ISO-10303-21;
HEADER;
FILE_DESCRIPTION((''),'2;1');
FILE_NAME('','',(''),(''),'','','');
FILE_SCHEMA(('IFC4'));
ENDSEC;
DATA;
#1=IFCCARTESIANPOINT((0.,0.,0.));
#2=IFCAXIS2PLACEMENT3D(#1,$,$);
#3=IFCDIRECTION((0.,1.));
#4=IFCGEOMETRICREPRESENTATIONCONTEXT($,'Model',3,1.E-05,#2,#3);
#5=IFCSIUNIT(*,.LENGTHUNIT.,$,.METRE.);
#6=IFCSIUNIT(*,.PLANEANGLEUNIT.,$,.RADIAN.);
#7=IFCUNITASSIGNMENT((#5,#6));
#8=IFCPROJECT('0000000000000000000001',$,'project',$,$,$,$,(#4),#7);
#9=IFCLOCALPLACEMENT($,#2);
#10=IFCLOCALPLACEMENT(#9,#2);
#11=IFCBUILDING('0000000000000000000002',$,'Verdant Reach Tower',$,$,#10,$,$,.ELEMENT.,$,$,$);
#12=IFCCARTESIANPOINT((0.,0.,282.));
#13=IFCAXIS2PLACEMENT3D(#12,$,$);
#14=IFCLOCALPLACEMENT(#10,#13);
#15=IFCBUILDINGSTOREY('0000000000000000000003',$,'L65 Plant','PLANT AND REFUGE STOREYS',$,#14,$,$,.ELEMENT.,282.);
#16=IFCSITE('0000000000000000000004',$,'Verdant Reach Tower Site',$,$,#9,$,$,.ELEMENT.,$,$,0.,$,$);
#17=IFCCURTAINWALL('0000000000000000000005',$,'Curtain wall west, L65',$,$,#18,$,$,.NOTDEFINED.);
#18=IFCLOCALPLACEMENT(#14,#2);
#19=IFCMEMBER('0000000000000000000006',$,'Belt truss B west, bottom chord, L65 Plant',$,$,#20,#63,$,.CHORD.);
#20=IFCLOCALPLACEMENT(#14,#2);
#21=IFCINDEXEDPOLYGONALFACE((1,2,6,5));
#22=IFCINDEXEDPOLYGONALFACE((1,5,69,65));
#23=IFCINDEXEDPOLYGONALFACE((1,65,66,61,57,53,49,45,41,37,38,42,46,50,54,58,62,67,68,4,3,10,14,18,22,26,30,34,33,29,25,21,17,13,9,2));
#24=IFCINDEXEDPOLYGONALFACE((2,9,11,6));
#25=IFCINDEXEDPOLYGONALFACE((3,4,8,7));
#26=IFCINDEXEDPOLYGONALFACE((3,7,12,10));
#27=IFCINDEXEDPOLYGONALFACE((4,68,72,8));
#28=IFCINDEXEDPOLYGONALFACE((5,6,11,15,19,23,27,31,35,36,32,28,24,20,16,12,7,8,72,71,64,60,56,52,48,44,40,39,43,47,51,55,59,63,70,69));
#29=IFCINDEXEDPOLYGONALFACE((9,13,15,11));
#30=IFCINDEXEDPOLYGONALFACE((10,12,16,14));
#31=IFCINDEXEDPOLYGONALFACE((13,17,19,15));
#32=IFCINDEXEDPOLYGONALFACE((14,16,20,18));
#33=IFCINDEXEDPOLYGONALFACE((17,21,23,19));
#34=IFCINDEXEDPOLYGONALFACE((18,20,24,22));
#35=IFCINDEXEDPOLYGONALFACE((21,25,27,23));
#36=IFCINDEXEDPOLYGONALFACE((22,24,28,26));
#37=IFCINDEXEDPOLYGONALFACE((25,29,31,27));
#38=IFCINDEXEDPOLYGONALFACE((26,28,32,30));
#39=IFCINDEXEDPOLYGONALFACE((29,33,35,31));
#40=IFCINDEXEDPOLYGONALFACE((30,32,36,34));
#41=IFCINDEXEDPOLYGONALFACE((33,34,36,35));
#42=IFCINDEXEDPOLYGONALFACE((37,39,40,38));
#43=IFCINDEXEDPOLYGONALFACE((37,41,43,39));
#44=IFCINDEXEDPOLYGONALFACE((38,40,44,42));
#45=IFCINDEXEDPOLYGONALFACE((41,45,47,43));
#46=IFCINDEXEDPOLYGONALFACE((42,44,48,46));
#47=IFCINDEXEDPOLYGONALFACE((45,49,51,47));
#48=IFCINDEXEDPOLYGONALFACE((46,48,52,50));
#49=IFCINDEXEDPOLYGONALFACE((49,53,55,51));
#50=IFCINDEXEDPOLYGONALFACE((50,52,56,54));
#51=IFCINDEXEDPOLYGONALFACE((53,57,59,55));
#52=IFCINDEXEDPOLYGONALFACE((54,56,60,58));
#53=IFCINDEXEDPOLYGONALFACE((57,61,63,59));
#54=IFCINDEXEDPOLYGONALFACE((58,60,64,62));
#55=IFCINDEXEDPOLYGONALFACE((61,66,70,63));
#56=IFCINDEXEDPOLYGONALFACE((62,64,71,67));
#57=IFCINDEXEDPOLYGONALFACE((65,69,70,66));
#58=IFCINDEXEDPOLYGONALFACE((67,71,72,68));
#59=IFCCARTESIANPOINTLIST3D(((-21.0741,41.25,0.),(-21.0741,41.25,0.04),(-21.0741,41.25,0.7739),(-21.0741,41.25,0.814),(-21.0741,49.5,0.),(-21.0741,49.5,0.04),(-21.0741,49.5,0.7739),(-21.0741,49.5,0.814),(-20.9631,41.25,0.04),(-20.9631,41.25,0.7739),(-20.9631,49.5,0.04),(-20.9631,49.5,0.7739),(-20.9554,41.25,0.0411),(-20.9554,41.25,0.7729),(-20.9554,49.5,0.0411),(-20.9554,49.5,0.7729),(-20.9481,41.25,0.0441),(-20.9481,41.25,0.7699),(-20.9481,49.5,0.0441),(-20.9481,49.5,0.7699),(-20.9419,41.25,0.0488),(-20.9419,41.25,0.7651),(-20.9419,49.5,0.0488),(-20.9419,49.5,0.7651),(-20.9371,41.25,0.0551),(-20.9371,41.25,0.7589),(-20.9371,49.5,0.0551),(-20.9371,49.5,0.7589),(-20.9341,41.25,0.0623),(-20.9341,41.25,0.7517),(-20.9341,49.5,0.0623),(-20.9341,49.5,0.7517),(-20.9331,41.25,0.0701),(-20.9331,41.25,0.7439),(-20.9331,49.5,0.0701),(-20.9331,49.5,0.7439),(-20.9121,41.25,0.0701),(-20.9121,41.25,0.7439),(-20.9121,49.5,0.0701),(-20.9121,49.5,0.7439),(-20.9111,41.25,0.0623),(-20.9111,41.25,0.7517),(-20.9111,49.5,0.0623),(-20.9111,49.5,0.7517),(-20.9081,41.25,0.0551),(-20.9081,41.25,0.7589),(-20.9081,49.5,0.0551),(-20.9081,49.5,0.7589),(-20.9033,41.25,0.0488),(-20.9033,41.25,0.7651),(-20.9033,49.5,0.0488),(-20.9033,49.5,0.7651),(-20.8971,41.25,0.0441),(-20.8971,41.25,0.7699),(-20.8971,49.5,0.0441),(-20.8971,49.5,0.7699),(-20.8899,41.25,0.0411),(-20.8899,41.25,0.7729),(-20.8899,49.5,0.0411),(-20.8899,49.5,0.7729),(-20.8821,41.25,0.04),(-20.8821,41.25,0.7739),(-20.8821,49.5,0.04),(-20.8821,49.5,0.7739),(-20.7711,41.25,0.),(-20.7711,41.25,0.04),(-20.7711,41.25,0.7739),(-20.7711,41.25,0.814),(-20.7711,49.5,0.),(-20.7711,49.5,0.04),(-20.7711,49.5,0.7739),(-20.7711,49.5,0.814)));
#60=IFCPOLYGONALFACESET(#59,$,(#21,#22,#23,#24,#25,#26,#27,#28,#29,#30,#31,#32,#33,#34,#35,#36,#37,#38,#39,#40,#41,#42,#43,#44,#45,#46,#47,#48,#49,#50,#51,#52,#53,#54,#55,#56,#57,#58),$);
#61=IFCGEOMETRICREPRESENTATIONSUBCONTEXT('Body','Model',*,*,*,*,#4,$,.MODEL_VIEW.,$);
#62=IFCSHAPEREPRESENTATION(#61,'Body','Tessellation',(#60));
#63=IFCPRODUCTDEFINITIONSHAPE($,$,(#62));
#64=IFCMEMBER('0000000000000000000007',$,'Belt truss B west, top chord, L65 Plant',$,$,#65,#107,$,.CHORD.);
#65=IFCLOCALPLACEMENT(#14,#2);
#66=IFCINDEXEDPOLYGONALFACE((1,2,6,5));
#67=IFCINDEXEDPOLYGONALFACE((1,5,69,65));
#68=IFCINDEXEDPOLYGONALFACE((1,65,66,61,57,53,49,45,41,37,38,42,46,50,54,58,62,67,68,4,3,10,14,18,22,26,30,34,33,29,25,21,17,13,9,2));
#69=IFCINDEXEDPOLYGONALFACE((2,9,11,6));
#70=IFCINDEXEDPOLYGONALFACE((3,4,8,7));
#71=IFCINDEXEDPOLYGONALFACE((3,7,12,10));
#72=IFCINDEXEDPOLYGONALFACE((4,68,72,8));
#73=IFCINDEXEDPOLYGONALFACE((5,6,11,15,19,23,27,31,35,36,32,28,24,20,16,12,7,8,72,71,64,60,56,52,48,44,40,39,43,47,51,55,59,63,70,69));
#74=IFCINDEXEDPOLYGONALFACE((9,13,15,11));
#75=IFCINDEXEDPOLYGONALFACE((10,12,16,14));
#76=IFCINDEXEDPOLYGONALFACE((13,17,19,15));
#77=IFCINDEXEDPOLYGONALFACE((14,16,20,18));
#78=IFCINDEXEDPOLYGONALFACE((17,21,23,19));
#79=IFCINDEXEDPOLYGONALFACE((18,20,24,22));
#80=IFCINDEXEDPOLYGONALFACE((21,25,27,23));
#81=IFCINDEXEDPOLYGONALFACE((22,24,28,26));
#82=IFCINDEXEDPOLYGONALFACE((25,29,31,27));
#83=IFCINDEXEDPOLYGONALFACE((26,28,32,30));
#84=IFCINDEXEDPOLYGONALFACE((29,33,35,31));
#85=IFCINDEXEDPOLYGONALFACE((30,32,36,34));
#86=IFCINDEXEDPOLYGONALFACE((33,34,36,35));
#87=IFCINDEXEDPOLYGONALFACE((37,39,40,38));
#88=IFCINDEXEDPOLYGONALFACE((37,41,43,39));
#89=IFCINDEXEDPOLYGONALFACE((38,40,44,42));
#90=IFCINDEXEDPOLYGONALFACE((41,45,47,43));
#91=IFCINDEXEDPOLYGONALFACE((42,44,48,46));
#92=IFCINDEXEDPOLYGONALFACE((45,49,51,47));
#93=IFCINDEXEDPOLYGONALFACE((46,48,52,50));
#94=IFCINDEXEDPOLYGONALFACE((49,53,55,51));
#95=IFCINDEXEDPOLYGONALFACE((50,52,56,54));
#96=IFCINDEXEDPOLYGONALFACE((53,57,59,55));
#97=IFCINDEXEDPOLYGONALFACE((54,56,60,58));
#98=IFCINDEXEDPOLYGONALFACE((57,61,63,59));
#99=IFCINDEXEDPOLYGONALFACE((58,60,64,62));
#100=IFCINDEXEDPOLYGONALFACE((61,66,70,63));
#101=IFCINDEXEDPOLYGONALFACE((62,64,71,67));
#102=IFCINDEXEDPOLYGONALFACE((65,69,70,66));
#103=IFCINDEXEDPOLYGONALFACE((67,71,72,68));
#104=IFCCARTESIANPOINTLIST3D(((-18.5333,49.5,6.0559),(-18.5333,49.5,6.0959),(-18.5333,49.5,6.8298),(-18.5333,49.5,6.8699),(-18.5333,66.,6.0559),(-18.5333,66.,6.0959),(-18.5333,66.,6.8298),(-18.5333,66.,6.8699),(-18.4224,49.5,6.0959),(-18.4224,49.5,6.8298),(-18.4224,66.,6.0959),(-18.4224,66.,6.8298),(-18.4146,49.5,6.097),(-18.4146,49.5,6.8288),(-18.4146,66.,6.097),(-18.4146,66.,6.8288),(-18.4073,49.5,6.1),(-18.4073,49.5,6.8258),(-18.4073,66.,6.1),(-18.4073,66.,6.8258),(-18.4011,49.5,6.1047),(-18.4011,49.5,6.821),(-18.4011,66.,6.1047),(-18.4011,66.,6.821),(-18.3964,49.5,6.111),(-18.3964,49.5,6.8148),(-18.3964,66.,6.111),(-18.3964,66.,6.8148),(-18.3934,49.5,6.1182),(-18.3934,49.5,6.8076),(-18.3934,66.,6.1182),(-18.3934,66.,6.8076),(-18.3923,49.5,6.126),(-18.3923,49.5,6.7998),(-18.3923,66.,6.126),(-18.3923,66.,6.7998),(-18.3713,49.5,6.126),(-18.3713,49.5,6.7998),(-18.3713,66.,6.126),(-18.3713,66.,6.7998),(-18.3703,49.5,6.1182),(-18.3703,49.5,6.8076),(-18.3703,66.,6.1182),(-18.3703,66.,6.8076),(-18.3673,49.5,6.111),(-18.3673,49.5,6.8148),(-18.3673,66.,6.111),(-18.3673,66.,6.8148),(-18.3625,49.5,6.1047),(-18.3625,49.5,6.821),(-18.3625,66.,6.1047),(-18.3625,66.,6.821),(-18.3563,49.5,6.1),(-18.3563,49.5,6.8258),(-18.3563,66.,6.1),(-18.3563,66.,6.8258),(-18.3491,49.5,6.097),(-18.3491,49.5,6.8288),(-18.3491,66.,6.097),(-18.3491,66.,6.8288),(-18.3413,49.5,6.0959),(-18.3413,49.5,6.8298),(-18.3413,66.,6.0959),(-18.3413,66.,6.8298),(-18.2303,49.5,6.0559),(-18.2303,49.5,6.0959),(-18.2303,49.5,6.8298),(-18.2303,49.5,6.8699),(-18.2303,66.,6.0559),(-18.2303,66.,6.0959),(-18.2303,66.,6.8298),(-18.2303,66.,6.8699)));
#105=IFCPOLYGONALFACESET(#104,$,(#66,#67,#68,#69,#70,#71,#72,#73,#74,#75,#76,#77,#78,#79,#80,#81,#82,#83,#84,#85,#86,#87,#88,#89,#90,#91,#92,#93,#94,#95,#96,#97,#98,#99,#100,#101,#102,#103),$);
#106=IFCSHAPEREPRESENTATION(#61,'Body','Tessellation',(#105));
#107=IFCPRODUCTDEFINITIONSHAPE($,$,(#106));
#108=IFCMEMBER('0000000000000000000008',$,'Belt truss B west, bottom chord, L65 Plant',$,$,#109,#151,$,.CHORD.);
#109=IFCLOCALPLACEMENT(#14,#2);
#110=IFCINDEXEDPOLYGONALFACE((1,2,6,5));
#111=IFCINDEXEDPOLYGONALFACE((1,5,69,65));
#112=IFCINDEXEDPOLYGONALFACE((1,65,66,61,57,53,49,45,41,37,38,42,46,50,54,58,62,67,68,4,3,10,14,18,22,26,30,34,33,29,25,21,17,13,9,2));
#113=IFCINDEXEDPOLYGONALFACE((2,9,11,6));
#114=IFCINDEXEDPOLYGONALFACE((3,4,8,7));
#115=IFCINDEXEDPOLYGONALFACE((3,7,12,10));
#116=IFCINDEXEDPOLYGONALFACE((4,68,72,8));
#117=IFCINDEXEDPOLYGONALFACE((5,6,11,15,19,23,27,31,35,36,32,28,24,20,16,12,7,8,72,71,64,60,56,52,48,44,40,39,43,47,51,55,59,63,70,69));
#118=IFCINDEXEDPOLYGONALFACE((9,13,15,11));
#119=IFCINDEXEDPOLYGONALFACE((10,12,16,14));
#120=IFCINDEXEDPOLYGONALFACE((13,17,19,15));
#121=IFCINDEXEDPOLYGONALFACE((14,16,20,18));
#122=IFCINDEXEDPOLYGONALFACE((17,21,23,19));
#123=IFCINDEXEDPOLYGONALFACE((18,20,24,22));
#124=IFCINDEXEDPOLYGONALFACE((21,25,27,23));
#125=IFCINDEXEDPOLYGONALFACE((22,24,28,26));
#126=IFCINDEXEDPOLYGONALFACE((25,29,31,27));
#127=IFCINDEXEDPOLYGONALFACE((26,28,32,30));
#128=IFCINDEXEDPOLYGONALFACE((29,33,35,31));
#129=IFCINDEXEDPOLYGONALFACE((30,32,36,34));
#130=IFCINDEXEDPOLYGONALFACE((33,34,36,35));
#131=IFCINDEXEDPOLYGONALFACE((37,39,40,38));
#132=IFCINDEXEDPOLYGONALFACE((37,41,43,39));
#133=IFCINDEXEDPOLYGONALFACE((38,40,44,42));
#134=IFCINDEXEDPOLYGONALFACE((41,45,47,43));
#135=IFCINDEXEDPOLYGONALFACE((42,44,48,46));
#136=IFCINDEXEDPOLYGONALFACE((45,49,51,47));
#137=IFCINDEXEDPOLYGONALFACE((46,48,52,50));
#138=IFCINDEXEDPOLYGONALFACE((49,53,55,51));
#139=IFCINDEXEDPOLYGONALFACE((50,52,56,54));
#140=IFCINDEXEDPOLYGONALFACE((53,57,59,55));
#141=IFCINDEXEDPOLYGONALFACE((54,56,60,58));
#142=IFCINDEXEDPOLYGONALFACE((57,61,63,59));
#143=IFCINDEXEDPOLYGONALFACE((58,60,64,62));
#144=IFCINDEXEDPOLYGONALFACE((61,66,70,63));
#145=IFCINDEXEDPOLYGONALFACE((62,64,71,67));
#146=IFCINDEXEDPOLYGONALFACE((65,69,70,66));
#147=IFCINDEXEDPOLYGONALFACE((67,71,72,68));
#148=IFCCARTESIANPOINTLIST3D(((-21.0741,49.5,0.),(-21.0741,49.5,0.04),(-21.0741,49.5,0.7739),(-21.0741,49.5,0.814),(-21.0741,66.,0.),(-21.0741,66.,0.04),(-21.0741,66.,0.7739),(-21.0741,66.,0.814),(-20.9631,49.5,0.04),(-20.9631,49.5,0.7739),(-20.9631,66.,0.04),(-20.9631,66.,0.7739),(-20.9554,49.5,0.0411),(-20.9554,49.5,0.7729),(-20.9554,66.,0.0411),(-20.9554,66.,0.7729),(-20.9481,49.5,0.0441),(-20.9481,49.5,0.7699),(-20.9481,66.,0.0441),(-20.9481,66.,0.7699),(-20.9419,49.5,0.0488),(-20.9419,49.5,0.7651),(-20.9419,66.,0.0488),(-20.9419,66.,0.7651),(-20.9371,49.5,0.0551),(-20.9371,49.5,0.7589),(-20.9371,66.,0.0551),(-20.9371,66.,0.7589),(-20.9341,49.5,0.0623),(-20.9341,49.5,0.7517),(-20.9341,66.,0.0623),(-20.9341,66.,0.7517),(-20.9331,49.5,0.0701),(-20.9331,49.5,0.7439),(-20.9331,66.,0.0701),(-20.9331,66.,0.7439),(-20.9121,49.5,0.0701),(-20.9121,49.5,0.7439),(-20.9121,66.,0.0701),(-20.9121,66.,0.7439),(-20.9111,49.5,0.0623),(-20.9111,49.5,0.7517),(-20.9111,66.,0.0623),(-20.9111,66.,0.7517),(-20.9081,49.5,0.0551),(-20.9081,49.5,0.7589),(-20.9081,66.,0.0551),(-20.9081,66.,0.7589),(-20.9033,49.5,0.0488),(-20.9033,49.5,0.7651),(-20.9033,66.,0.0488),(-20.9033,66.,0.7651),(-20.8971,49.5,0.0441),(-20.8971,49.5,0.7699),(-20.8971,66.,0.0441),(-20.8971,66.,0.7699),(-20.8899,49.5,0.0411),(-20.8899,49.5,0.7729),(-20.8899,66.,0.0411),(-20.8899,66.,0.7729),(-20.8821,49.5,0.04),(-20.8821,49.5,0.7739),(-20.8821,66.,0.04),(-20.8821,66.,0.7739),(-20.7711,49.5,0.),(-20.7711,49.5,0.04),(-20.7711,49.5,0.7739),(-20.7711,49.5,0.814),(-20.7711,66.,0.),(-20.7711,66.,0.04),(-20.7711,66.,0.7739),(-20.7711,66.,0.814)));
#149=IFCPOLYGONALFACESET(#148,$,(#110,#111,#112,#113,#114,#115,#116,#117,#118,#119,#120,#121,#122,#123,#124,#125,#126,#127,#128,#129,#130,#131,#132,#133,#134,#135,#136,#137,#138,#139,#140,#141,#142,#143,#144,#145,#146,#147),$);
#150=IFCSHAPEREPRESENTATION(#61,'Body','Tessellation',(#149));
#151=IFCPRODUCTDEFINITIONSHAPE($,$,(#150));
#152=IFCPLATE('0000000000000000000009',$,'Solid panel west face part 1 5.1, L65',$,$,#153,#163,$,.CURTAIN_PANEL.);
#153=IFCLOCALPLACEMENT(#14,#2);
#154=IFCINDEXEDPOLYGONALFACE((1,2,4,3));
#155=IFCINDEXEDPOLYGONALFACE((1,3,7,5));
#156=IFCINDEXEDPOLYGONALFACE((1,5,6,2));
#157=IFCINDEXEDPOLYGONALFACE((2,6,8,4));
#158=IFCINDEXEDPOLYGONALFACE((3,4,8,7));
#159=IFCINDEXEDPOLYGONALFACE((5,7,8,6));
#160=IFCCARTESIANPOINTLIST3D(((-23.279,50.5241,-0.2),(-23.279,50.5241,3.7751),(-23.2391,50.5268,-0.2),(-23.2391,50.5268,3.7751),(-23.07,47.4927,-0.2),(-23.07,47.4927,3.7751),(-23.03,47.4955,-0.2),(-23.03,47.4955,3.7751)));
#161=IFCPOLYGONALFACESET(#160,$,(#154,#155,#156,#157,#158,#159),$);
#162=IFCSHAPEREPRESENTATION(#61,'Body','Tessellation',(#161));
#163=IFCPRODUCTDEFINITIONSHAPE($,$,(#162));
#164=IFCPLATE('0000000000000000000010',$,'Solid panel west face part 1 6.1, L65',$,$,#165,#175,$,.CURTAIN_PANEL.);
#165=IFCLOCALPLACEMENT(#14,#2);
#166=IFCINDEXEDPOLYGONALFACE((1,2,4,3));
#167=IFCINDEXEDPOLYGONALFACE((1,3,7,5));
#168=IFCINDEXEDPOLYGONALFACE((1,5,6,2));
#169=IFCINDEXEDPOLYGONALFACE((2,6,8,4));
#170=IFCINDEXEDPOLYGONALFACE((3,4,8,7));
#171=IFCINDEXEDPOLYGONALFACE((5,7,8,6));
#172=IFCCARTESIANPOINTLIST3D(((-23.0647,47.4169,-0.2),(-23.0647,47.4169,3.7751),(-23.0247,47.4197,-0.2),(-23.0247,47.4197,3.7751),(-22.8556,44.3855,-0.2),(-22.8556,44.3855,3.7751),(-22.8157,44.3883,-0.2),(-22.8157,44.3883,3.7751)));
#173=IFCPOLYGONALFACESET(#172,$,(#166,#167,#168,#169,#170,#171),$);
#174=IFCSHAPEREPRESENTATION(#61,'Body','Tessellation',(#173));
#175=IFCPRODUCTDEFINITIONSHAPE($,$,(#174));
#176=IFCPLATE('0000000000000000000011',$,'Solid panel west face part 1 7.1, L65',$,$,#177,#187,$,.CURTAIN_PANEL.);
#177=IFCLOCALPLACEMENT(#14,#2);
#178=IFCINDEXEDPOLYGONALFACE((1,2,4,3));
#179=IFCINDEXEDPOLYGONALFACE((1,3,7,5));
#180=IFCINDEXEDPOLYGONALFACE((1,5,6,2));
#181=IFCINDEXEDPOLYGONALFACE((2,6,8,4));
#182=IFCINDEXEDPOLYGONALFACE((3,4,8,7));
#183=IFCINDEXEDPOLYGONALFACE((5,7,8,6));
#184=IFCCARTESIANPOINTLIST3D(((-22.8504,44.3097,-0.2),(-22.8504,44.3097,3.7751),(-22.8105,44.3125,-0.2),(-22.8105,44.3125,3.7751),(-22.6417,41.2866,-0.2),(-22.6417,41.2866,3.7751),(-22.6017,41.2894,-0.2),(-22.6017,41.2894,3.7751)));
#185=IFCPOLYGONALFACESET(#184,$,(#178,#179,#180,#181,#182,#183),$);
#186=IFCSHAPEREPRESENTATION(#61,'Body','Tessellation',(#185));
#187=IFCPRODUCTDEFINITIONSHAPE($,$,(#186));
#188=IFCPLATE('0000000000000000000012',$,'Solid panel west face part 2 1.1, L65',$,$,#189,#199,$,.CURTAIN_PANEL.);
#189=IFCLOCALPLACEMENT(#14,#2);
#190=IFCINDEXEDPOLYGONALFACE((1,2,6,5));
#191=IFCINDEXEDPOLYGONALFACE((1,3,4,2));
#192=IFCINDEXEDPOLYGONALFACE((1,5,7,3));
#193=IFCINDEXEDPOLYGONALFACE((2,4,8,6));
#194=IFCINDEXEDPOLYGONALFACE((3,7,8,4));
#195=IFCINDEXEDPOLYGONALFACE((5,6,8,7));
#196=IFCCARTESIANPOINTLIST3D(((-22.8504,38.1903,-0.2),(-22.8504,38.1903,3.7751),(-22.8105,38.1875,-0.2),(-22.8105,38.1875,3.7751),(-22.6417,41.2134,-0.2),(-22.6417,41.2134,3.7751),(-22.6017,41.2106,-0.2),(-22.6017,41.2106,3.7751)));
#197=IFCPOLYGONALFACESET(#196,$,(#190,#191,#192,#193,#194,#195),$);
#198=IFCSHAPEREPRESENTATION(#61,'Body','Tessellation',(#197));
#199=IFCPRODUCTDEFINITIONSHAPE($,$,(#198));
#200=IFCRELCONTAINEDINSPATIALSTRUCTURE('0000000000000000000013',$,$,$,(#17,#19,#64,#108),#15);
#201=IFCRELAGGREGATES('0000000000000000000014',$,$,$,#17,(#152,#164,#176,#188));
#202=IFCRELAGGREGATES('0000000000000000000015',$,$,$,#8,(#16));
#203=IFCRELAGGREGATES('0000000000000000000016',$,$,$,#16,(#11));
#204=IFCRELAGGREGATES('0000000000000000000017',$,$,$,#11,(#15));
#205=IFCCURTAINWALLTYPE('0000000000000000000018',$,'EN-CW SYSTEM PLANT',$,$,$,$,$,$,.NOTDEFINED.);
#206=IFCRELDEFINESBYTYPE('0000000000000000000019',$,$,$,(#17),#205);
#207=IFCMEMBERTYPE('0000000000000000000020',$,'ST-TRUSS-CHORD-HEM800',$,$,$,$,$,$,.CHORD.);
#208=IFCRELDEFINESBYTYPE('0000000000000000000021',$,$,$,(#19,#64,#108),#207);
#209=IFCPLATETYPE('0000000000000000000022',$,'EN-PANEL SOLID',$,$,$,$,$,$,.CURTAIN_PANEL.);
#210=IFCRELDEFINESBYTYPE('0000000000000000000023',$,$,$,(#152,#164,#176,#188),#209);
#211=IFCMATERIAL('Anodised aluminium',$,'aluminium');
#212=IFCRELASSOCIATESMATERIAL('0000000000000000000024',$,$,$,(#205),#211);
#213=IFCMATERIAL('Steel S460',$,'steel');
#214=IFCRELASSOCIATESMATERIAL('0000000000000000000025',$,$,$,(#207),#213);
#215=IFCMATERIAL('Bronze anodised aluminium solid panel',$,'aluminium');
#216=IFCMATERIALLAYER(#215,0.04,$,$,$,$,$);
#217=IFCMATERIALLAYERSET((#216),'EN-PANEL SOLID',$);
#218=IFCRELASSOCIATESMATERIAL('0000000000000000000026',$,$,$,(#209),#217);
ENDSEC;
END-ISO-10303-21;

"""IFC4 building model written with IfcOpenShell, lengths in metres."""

from ifc_helpers import new_model, si_unit, direction, frame, origin, origin_2d, place, context, subcontext, project, spatial, rectangle, i_section, extrude, material, layer, layer_set, material_profile, profile_set, type_object, element, aggregate, save


model = new_model("IFC4")

# Units and contexts
model_context = context("Model", 3, precision=1e-05, world=origin(), true_north=direction((0.0, 1.0)))
body_context = subcontext(model_context, "Body", "Model", "MODEL_VIEW")
ifc_project = project(units=[si_unit("LENGTHUNIT", "METRE"), si_unit("PLANEANGLEUNIT", "RADIAN")], contexts=[model_context])

# Site, building, storey
site_placement = place(None, origin())
site = spatial("IfcSite", under=ifc_project, at=site_placement, Name="Verdant Reach Tower Site", CompositionType="ELEMENT", RefElevation=0.0)
building_placement = place(site_placement, origin())
building = spatial("IfcBuilding", under=site, at=building_placement, Name="Verdant Reach Tower", CompositionType="ELEMENT")
storey_placement = place(building_placement, frame((0.0, 0.0, 282.0)))
storey = spatial("IfcBuildingStorey", under=building, at=storey_placement, Name="L65 Plant", Description="PLANT AND REFUGE STOREYS", CompositionType="ELEMENT", Elevation=282.0)

# Shared definitions
ifc_material_1 = material(Name="Steel S460", Category="steel")

# Curtain wall
ifc_material_2 = material(Name="Anodised aluminium", Category="aluminium")
curtain_wall_type = type_object("IfcCurtainWallType", Name="EN-CW SYSTEM PLANT", PredefinedType="NOTDEFINED", material=ifc_material_2)
curtain_wall_placement = place(storey_placement, origin())
curtain_wall = element("IfcCurtainWall", 1, at=curtain_wall_placement, inside=storey, type_object=curtain_wall_type, Name="Curtain wall west, L65", PredefinedType="NOTDEFINED")

# Members
ifc_material_profile_1 = material_profile(ifc_material_1, i_section(OverallWidth=0.303, OverallDepth=0.814, WebThickness=0.021, FlangeThickness=0.04, FilletRadius=0.03, at=origin_2d()), Name="HEM 800")
ifc_profile_set_1 = profile_set([ifc_material_profile_1], Name="Steel S460")
member_type_1 = type_object("IfcMemberType", Name="ST-TRUSS-CHORD-HEM800", PredefinedType="CHORD", material=ifc_profile_set_1)
for number, where, z_axis, x_axis, name in (
    (2, (-20.9226, 41.25, 0.407), (0.0, 1.0, 0.0), (-1.0, 0.0, 0.0), "Belt truss B west, bottom chord, L65 Plant"),
):
    element("IfcMember", number, at=place(storey_placement, frame(where, z_axis=z_axis, x_axis=x_axis)), inside=storey, type_object=member_type_1, Name=name, PredefinedType="CHORD", context=body_context, shape_type="SweptSolid", body=[
        extrude(i_section(OverallWidth=0.303, OverallDepth=0.814, WebThickness=0.021, FlangeThickness=0.04, FilletRadius=0.03, at=origin_2d()), origin(), (0.0, 0.0, 1.0), 8.25),
    ])
for number, where, z_axis, x_axis, name in (
    (3, (-18.3818, 49.5, 6.4629), (0.0, 1.0, 0.0), (-1.0, 0.0, 0.0), "Belt truss B west, top chord, L65 Plant"),
    (4, (-20.9226, 49.5, 0.407), (0.0, 1.0, 0.0), (-1.0, 0.0, 0.0), "Belt truss B west, bottom chord, L65 Plant"),
):
    element("IfcMember", number, at=place(storey_placement, frame(where, z_axis=z_axis, x_axis=x_axis)), inside=storey, type_object=member_type_1, Name=name, PredefinedType="CHORD", context=body_context, shape_type="SweptSolid", body=[
        extrude(i_section(OverallWidth=0.303, OverallDepth=0.814, WebThickness=0.021, FlangeThickness=0.04, FilletRadius=0.03, at=origin_2d()), origin(), (0.0, 0.0, 1.0), 16.5),
    ])

# Plates
ifc_material_3 = material(Name="Bronze anodised aluminium solid panel", Category="aluminium")
ifc_layer_1 = layer(ifc_material_3, 0.04)
ifc_layer_set_1 = layer_set([ifc_layer_1], Name="EN-PANEL SOLID")
plate_type_1 = type_object("IfcPlateType", Name="EN-PANEL SOLID", PredefinedType="CURTAIN_PANEL", material=ifc_layer_set_1)
plate_1_placement = place(storey_placement, frame((-23.1545, 49.0098, -0.2), z_axis=(0.0, 0.0, 1.0), x_axis=(0.068802, -0.99763, 0.0)))
plate_1 = element("IfcPlate", 5, at=plate_1_placement, type_object=plate_type_1, Name="Solid panel west face part 1 5.1, L65", PredefinedType="CURTAIN_PANEL", context=body_context, shape_type="SweptSolid", body=[
    extrude(rectangle(XDim=3.0386, YDim=0.04, at=origin_2d()), origin(), (0.0, 0.0, 1.0), 3.9751),
])
plate_2_placement = place(storey_placement, frame((-22.9402, 45.9026, -0.2), z_axis=(0.0, 0.0, 1.0), x_axis=(0.068802, -0.99763, 0.0)))
plate_2 = element("IfcPlate", 6, at=plate_2_placement, type_object=plate_type_1, Name="Solid panel west face part 1 6.1, L65", PredefinedType="CURTAIN_PANEL", context=body_context, shape_type="SweptSolid", body=[
    extrude(rectangle(XDim=3.0386, YDim=0.04, at=origin_2d()), origin(), (0.0, 0.0, 1.0), 3.9751),
])
plate_3_placement = place(storey_placement, frame((-22.7261, 42.7996, -0.2), z_axis=(0.0, 0.0, 1.0), x_axis=(0.068893, -0.997624, 0.0)))
plate_3 = element("IfcPlate", 7, at=plate_3_placement, type_object=plate_type_1, Name="Solid panel west face part 1 7.1, L65", PredefinedType="CURTAIN_PANEL", context=body_context, shape_type="SweptSolid", body=[
    extrude(rectangle(XDim=3.0303, YDim=0.04, at=origin_2d()), origin(), (0.0, 0.0, 1.0), 3.9751),
])
plate_4_placement = place(storey_placement, frame((-22.7261, 39.7004, -0.2), z_axis=(0.0, 0.0, 1.0), x_axis=(-0.068893, -0.997624, 0.0)))
plate_4 = element("IfcPlate", 8, at=plate_4_placement, type_object=plate_type_1, Name="Solid panel west face part 2 1.1, L65", PredefinedType="CURTAIN_PANEL", context=body_context, shape_type="SweptSolid", body=[
    extrude(rectangle(XDim=3.0303, YDim=0.04, at=origin_2d()), origin(), (0.0, 0.0, 1.0), 3.9751),
])

aggregate(curtain_wall, [plate_1, plate_2, plate_3, plate_4])

save(model, "model.ifc")
